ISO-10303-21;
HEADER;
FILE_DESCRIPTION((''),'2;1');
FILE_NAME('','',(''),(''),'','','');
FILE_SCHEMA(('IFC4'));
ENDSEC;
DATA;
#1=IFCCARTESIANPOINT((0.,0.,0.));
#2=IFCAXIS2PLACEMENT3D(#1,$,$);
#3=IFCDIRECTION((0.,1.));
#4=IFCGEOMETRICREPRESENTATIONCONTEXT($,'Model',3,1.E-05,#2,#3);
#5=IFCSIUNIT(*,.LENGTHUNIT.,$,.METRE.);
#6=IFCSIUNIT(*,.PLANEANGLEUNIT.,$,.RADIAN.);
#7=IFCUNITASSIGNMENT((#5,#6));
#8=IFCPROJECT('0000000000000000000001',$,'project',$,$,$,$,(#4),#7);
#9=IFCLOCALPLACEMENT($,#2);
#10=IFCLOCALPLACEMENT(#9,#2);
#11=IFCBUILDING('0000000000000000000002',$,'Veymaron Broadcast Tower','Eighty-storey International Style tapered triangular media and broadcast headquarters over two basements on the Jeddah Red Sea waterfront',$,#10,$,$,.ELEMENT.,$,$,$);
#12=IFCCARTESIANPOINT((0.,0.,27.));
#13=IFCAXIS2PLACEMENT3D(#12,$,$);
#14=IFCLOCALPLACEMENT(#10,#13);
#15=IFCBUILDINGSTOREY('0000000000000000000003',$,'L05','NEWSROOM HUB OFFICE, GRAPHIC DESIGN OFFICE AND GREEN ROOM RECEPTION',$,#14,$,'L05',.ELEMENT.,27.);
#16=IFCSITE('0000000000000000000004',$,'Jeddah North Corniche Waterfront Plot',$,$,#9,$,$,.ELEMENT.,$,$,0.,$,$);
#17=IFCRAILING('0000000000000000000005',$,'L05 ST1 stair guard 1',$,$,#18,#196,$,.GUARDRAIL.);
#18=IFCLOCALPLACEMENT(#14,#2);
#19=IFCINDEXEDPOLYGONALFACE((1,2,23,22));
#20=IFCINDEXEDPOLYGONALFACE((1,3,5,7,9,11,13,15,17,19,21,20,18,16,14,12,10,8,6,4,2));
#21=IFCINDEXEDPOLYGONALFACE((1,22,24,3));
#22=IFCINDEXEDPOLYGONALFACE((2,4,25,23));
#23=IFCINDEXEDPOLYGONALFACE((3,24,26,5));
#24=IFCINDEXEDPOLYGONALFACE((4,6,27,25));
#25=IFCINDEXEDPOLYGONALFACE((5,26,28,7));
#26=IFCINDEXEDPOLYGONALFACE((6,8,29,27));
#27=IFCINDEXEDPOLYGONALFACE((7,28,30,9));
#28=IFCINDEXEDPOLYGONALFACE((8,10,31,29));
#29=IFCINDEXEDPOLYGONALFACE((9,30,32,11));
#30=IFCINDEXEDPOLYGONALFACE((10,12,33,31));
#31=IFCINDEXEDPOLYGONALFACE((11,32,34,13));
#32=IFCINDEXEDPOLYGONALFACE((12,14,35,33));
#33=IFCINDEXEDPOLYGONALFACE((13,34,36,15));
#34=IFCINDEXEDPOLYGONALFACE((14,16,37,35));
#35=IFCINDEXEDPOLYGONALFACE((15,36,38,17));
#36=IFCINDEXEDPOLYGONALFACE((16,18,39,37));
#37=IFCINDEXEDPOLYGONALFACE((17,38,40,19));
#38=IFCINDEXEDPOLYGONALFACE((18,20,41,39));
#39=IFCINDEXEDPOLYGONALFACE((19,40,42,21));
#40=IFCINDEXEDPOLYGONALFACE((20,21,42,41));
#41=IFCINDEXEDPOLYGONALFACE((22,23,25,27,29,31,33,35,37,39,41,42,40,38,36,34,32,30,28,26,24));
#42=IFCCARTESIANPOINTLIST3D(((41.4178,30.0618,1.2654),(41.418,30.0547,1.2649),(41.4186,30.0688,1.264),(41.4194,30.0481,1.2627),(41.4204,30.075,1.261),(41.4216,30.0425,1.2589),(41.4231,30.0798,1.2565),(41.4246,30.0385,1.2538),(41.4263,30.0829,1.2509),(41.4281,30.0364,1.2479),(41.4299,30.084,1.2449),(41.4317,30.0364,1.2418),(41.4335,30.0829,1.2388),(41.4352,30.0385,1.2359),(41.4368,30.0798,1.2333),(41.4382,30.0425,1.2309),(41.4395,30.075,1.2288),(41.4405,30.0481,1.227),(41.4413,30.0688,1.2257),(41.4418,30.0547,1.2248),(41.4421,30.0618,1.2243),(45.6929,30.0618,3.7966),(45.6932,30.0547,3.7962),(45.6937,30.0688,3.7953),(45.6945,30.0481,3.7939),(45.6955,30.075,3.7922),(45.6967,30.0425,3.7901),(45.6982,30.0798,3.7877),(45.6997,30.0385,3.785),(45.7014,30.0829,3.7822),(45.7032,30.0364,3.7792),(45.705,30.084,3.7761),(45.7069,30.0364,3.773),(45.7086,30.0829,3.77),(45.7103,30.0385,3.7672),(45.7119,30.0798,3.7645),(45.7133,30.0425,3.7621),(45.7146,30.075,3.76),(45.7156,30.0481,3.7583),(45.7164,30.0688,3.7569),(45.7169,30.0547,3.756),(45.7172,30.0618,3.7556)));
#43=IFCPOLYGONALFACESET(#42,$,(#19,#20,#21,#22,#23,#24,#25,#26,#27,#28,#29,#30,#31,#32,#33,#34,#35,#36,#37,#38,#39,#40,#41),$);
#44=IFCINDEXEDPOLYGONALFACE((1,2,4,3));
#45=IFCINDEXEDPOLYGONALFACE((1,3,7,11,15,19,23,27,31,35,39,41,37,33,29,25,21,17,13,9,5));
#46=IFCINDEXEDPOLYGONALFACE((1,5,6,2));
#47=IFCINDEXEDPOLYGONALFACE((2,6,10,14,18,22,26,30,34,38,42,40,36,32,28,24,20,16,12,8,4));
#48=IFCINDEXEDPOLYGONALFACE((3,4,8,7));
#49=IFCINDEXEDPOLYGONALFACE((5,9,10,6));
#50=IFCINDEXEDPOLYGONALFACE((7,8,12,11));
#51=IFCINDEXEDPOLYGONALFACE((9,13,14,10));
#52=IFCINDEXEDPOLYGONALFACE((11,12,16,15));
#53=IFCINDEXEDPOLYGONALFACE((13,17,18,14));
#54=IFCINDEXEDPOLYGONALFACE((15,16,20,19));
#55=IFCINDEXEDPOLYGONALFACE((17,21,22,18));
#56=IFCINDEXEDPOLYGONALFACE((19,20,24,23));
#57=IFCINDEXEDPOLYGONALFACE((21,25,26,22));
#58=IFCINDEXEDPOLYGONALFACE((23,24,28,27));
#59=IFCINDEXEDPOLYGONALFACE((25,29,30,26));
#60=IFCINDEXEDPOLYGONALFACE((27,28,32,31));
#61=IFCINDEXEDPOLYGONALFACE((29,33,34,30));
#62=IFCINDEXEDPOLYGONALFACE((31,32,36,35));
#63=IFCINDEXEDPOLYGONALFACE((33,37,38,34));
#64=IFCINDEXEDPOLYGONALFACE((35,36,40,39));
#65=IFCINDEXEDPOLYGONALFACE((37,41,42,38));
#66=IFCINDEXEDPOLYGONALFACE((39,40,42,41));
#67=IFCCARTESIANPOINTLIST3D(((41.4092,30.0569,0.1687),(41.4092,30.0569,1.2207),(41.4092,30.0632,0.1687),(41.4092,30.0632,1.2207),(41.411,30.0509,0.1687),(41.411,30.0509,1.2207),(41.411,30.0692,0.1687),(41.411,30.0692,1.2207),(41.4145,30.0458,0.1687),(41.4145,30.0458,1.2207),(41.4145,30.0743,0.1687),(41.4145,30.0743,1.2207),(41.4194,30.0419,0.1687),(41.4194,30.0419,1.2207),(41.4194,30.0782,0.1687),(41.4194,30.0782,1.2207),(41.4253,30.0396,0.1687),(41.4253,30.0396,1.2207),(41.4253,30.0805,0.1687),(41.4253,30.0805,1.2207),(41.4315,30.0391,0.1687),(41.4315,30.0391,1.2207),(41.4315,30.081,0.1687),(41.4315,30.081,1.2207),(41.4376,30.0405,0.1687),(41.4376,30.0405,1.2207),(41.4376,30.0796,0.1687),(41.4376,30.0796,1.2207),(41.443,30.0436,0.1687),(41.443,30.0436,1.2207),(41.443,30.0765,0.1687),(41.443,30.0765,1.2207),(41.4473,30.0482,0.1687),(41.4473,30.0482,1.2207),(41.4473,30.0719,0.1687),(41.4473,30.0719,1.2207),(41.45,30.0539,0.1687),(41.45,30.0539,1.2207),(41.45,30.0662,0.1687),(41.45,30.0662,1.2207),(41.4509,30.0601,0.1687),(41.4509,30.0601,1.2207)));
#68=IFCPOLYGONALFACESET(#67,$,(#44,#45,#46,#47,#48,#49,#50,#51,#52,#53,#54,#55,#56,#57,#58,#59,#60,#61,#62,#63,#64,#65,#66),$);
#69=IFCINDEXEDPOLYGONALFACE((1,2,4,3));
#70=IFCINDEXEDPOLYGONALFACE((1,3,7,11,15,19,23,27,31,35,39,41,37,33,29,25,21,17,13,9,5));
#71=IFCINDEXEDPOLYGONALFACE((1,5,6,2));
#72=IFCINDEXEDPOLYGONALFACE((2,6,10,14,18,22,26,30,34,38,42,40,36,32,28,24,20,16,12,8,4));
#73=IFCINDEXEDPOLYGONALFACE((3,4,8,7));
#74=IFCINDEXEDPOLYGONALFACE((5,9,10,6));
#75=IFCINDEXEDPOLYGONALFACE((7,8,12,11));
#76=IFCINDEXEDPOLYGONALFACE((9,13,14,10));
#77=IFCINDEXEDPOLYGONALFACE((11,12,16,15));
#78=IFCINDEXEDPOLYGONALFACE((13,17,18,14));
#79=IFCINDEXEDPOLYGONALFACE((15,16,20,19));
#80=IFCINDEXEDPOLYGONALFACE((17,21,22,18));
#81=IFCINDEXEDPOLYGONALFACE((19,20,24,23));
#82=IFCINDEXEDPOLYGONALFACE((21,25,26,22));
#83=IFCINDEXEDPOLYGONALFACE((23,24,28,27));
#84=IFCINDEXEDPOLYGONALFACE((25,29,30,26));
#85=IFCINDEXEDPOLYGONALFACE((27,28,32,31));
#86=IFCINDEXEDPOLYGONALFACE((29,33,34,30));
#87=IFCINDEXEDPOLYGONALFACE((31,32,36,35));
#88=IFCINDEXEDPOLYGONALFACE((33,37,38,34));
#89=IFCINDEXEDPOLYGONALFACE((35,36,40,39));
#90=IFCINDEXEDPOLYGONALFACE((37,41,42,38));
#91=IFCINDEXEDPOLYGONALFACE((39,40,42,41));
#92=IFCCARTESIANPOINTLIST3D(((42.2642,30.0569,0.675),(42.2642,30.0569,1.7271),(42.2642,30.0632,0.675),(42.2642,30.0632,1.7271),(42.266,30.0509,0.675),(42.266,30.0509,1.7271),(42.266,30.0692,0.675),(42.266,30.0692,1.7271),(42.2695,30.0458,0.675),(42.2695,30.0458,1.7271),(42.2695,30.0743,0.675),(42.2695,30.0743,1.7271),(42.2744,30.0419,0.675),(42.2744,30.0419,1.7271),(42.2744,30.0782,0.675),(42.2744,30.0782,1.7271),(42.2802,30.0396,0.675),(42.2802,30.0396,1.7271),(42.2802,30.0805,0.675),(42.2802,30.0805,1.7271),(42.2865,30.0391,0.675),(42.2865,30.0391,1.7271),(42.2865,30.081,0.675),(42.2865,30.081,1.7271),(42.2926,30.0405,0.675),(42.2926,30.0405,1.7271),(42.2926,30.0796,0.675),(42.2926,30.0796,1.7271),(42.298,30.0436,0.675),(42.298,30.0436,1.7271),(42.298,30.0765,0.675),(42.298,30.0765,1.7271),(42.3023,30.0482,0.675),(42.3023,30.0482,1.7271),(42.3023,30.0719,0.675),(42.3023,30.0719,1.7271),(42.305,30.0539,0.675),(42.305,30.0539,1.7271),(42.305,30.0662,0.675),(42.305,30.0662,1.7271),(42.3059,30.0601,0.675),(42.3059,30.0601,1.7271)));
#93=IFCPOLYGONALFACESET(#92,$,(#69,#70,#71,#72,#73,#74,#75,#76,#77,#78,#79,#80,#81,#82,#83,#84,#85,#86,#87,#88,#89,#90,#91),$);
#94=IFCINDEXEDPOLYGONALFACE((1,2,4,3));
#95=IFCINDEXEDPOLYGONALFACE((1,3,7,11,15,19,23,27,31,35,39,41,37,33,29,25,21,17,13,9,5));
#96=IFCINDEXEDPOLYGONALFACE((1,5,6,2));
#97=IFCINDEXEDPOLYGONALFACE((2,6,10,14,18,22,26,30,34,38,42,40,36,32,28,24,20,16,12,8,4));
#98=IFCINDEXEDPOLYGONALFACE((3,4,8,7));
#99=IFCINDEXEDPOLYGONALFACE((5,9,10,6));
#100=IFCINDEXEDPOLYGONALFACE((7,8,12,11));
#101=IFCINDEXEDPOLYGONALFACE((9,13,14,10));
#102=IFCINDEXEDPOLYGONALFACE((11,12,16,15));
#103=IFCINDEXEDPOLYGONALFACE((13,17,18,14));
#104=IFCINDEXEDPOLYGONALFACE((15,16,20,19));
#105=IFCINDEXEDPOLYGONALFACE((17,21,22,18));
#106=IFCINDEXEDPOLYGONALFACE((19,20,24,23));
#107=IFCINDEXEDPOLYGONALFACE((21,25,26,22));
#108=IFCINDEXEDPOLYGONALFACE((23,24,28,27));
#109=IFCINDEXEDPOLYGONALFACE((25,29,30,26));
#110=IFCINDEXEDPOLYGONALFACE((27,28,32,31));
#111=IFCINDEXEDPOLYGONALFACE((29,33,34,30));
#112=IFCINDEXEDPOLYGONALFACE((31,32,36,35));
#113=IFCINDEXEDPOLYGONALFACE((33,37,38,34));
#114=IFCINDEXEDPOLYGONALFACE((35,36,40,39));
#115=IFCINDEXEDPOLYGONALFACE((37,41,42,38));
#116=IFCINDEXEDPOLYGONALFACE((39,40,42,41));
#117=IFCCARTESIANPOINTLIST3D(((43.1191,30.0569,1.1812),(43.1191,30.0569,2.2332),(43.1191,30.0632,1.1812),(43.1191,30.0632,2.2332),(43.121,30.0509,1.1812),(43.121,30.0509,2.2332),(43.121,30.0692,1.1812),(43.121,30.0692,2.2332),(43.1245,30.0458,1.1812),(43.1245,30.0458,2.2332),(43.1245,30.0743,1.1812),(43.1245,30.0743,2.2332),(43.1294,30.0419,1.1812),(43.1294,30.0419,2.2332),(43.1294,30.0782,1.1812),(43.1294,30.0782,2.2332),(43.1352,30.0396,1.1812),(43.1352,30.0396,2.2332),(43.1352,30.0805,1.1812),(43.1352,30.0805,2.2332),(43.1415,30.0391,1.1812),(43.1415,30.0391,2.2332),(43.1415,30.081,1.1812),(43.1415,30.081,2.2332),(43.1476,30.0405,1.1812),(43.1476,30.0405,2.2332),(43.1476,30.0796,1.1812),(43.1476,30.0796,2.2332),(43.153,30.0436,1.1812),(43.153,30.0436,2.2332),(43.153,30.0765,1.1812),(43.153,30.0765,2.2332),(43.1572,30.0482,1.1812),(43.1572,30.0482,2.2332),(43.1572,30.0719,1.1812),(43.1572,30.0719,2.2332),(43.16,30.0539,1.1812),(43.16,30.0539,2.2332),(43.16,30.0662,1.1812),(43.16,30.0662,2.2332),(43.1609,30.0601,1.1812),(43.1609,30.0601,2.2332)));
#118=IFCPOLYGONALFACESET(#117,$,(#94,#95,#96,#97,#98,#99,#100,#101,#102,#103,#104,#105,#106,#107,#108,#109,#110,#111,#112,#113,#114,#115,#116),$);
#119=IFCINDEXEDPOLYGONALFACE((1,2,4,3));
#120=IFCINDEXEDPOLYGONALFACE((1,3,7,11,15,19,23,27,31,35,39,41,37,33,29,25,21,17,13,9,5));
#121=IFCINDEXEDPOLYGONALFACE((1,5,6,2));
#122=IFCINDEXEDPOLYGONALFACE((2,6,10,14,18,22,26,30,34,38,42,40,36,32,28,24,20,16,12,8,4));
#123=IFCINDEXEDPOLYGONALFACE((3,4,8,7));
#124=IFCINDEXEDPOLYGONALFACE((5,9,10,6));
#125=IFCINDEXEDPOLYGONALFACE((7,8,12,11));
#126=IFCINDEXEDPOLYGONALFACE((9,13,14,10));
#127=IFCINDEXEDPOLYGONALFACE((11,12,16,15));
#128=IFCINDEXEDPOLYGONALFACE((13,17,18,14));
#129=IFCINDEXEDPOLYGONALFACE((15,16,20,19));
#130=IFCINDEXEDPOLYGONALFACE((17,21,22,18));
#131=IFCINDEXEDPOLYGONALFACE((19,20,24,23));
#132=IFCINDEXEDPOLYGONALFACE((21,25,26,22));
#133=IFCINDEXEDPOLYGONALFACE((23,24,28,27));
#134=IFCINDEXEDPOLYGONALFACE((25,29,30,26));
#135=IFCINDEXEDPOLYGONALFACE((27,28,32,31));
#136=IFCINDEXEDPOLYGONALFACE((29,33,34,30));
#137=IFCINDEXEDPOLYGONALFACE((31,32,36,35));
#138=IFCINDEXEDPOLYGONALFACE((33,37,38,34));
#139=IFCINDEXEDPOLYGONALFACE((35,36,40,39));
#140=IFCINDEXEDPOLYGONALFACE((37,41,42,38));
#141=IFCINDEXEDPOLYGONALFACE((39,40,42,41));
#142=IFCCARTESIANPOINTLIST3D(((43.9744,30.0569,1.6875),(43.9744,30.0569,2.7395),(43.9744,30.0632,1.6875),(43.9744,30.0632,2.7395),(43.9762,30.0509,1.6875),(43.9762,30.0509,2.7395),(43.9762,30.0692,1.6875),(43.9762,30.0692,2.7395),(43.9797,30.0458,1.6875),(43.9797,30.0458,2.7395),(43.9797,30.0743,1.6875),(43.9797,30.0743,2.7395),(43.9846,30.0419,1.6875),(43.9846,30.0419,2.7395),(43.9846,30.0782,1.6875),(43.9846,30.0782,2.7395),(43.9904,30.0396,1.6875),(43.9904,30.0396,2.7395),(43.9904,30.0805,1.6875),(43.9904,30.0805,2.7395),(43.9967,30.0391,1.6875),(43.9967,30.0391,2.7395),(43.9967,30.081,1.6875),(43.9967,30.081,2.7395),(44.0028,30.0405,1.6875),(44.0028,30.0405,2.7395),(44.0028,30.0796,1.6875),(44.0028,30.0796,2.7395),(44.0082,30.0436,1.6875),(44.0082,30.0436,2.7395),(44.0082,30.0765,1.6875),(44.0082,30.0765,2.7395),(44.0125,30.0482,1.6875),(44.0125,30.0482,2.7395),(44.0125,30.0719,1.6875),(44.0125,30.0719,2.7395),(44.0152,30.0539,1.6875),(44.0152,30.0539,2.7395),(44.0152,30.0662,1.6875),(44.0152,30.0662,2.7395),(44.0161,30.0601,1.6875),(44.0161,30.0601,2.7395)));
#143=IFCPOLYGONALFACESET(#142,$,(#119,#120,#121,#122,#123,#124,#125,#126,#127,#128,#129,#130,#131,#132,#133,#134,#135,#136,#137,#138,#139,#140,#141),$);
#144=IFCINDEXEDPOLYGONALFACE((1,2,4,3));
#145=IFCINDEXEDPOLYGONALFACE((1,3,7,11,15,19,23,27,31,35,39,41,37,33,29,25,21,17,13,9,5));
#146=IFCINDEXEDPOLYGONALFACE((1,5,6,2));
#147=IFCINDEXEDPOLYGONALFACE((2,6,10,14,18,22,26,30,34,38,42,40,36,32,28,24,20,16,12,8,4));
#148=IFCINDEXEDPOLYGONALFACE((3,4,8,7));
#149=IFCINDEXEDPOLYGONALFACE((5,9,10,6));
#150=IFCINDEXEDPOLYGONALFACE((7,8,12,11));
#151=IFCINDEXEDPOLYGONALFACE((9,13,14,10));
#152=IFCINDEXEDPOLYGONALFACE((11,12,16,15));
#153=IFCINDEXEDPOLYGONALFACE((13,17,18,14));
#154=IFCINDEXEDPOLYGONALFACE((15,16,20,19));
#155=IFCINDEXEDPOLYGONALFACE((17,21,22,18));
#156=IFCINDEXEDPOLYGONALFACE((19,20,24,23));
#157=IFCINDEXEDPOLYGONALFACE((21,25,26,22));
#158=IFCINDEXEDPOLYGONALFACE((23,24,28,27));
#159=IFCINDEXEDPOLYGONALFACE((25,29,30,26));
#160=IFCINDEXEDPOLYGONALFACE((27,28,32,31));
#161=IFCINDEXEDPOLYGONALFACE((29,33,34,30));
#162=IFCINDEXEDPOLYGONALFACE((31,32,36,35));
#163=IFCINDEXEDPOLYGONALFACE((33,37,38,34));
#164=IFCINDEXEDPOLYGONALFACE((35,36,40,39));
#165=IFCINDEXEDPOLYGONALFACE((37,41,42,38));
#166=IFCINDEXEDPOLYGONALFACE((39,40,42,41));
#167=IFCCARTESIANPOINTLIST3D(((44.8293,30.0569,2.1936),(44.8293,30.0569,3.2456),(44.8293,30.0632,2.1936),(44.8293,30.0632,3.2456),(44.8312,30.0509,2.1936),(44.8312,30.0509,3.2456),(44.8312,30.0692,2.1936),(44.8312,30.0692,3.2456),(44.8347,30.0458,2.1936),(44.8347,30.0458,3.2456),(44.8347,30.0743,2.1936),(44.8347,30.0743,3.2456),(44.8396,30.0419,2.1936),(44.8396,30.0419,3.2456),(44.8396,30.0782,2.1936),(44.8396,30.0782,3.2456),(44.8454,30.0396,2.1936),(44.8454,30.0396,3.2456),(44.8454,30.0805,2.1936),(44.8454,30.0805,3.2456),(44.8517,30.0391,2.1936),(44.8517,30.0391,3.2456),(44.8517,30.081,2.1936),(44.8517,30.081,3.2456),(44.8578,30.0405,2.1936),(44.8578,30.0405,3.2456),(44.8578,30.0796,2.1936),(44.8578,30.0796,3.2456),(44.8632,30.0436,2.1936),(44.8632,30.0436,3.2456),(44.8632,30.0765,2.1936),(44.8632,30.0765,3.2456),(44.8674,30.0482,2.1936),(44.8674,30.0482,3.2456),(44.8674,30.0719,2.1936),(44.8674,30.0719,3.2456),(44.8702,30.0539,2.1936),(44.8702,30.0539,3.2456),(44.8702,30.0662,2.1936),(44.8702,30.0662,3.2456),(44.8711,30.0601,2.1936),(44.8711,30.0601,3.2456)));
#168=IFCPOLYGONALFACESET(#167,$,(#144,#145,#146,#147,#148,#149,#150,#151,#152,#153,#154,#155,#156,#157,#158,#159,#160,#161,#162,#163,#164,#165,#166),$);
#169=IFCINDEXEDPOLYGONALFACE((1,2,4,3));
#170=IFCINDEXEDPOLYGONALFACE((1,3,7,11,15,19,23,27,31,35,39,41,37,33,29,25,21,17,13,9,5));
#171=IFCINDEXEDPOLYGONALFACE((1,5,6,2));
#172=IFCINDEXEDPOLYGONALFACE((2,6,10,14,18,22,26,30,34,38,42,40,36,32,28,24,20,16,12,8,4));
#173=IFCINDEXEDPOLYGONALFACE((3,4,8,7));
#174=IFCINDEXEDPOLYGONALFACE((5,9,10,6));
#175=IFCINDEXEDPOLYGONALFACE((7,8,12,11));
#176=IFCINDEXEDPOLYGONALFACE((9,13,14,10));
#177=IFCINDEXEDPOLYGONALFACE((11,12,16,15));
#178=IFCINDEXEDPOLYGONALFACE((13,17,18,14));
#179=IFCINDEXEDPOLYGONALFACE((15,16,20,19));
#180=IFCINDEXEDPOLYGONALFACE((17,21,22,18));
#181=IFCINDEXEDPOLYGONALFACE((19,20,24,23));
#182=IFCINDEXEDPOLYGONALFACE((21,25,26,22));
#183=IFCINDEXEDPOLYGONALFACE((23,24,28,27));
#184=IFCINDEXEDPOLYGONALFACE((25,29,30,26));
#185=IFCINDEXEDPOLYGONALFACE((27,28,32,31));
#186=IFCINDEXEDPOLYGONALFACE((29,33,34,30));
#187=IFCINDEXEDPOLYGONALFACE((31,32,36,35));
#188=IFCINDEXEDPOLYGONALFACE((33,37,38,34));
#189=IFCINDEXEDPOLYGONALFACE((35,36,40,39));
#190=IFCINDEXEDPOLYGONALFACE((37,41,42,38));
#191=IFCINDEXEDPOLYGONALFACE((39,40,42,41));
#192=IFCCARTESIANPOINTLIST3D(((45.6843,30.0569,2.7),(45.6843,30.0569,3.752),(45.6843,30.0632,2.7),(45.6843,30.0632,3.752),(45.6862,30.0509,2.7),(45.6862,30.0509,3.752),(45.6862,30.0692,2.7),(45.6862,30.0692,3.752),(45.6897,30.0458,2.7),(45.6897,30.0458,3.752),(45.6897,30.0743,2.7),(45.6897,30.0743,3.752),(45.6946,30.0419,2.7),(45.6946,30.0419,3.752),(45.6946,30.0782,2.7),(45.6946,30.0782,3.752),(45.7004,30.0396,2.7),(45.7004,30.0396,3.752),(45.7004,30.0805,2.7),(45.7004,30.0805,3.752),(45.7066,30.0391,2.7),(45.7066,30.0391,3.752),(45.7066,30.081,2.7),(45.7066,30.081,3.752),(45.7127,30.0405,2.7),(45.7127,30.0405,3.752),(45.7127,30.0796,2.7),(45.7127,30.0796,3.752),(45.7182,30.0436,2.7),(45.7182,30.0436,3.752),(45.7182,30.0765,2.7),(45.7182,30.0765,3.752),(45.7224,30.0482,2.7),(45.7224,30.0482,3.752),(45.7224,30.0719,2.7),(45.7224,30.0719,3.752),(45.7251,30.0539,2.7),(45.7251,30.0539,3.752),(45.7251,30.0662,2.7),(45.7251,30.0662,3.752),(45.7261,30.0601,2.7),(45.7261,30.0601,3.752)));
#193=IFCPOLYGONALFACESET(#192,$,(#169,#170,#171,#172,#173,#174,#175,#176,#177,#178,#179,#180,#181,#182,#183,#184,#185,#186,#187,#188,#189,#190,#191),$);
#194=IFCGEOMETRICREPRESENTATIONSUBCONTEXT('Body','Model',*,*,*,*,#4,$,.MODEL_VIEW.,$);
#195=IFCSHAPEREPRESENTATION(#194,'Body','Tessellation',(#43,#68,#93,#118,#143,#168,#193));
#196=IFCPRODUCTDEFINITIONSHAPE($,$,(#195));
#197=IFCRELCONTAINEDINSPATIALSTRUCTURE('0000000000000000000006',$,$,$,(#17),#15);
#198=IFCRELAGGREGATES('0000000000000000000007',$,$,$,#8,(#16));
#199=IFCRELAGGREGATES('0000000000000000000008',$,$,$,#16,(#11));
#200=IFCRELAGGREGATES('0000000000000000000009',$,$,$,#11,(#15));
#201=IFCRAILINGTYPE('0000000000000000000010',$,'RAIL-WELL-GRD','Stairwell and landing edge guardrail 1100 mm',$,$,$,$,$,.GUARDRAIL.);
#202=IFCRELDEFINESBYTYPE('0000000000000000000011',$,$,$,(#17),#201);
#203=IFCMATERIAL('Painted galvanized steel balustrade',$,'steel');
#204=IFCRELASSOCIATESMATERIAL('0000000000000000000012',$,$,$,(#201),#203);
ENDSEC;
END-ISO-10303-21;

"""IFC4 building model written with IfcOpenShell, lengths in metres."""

from ifc_helpers import new_model, si_unit, direction, frame, origin, origin_2d, place, context, subcontext, project, spatial, circle, extrude, material, type_object, element, save


model = new_model("IFC4")

# Units and contexts
model_context = context("Model", 3, precision=1e-05, world=origin(), true_north=direction((0.0, 1.0)))
body_context = subcontext(model_context, "Body", "Model", "MODEL_VIEW")
ifc_project = project(units=[si_unit("LENGTHUNIT", "METRE"), si_unit("PLANEANGLEUNIT", "RADIAN")], contexts=[model_context])

# Site, building, storey
site_placement = place(None, origin())
site = spatial("IfcSite", under=ifc_project, at=site_placement, Name="Jeddah North Corniche Waterfront Plot", CompositionType="ELEMENT", RefElevation=0.0)
building_placement = place(site_placement, origin())
building = spatial("IfcBuilding", under=site, at=building_placement, Name="Veymaron Broadcast Tower", Description="Eighty-storey International Style tapered triangular media and broadcast headquarters over two basements on the Jeddah Red Sea waterfront", CompositionType="ELEMENT")
storey_placement = place(building_placement, frame((0.0, 0.0, 27.0)))
storey = spatial("IfcBuildingStorey", under=building, at=storey_placement, Name="L05", Description="NEWSROOM HUB OFFICE, GRAPHIC DESIGN OFFICE AND GREEN ROOM RECEPTION", LongName="L05", CompositionType="ELEMENT", Elevation=27.0)

# Railing
ifc_material_1 = material(Name="Painted galvanized steel balustrade", Category="steel")
railing_type_1 = type_object("IfcRailingType", Name="RAIL-WELL-GRD", Description="Stairwell and landing edge guardrail 1100 mm", PredefinedType="GUARDRAIL", material=ifc_material_1)
railing_1_placement = place(storey_placement, frame((41.4299, 30.0601, 0.1687)))
element("IfcRailing", 1, at=railing_1_placement, inside=storey, type_object=railing_type_1, Name="L05 ST1 stair guard 1", PredefinedType="GUARDRAIL", context=body_context, shape_type="SweptSolid", body=[
    extrude(circle(Radius=0.0239, at=origin_2d()), frame((0.0, 0.0, 1.0762), z_axis=(0.860483, 0.0, 0.509479), x_axis=(0.0, 1.0, 0.0)), (0.0, 0.0, 1.0), 4.9683),
    extrude(circle(Radius=0.021, at=origin_2d()), origin(), (0.0, 0.0, 1.0), 1.052),
    extrude(circle(Radius=0.021, at=origin_2d()), frame((0.855, 0.0, 0.5063)), (0.0, 0.0, 1.0), 1.052),
    extrude(circle(Radius=0.021, at=origin_2d()), frame((1.71, 0.0, 1.0125)), (0.0, 0.0, 1.0), 1.052),
    extrude(circle(Radius=0.021, at=origin_2d()), frame((2.5652, 0.0, 1.5188)), (0.0, 0.0, 1.0), 1.052),
    extrude(circle(Radius=0.021, at=origin_2d()), frame((3.4202, 0.0, 2.0249)), (0.0, 0.0, 1.0), 1.052),
    extrude(circle(Radius=0.021, at=origin_2d()), frame((4.2751, 0.0, 2.5312)), (0.0, 0.0, 1.0), 1.052),
])

save(model, "model.ifc")
